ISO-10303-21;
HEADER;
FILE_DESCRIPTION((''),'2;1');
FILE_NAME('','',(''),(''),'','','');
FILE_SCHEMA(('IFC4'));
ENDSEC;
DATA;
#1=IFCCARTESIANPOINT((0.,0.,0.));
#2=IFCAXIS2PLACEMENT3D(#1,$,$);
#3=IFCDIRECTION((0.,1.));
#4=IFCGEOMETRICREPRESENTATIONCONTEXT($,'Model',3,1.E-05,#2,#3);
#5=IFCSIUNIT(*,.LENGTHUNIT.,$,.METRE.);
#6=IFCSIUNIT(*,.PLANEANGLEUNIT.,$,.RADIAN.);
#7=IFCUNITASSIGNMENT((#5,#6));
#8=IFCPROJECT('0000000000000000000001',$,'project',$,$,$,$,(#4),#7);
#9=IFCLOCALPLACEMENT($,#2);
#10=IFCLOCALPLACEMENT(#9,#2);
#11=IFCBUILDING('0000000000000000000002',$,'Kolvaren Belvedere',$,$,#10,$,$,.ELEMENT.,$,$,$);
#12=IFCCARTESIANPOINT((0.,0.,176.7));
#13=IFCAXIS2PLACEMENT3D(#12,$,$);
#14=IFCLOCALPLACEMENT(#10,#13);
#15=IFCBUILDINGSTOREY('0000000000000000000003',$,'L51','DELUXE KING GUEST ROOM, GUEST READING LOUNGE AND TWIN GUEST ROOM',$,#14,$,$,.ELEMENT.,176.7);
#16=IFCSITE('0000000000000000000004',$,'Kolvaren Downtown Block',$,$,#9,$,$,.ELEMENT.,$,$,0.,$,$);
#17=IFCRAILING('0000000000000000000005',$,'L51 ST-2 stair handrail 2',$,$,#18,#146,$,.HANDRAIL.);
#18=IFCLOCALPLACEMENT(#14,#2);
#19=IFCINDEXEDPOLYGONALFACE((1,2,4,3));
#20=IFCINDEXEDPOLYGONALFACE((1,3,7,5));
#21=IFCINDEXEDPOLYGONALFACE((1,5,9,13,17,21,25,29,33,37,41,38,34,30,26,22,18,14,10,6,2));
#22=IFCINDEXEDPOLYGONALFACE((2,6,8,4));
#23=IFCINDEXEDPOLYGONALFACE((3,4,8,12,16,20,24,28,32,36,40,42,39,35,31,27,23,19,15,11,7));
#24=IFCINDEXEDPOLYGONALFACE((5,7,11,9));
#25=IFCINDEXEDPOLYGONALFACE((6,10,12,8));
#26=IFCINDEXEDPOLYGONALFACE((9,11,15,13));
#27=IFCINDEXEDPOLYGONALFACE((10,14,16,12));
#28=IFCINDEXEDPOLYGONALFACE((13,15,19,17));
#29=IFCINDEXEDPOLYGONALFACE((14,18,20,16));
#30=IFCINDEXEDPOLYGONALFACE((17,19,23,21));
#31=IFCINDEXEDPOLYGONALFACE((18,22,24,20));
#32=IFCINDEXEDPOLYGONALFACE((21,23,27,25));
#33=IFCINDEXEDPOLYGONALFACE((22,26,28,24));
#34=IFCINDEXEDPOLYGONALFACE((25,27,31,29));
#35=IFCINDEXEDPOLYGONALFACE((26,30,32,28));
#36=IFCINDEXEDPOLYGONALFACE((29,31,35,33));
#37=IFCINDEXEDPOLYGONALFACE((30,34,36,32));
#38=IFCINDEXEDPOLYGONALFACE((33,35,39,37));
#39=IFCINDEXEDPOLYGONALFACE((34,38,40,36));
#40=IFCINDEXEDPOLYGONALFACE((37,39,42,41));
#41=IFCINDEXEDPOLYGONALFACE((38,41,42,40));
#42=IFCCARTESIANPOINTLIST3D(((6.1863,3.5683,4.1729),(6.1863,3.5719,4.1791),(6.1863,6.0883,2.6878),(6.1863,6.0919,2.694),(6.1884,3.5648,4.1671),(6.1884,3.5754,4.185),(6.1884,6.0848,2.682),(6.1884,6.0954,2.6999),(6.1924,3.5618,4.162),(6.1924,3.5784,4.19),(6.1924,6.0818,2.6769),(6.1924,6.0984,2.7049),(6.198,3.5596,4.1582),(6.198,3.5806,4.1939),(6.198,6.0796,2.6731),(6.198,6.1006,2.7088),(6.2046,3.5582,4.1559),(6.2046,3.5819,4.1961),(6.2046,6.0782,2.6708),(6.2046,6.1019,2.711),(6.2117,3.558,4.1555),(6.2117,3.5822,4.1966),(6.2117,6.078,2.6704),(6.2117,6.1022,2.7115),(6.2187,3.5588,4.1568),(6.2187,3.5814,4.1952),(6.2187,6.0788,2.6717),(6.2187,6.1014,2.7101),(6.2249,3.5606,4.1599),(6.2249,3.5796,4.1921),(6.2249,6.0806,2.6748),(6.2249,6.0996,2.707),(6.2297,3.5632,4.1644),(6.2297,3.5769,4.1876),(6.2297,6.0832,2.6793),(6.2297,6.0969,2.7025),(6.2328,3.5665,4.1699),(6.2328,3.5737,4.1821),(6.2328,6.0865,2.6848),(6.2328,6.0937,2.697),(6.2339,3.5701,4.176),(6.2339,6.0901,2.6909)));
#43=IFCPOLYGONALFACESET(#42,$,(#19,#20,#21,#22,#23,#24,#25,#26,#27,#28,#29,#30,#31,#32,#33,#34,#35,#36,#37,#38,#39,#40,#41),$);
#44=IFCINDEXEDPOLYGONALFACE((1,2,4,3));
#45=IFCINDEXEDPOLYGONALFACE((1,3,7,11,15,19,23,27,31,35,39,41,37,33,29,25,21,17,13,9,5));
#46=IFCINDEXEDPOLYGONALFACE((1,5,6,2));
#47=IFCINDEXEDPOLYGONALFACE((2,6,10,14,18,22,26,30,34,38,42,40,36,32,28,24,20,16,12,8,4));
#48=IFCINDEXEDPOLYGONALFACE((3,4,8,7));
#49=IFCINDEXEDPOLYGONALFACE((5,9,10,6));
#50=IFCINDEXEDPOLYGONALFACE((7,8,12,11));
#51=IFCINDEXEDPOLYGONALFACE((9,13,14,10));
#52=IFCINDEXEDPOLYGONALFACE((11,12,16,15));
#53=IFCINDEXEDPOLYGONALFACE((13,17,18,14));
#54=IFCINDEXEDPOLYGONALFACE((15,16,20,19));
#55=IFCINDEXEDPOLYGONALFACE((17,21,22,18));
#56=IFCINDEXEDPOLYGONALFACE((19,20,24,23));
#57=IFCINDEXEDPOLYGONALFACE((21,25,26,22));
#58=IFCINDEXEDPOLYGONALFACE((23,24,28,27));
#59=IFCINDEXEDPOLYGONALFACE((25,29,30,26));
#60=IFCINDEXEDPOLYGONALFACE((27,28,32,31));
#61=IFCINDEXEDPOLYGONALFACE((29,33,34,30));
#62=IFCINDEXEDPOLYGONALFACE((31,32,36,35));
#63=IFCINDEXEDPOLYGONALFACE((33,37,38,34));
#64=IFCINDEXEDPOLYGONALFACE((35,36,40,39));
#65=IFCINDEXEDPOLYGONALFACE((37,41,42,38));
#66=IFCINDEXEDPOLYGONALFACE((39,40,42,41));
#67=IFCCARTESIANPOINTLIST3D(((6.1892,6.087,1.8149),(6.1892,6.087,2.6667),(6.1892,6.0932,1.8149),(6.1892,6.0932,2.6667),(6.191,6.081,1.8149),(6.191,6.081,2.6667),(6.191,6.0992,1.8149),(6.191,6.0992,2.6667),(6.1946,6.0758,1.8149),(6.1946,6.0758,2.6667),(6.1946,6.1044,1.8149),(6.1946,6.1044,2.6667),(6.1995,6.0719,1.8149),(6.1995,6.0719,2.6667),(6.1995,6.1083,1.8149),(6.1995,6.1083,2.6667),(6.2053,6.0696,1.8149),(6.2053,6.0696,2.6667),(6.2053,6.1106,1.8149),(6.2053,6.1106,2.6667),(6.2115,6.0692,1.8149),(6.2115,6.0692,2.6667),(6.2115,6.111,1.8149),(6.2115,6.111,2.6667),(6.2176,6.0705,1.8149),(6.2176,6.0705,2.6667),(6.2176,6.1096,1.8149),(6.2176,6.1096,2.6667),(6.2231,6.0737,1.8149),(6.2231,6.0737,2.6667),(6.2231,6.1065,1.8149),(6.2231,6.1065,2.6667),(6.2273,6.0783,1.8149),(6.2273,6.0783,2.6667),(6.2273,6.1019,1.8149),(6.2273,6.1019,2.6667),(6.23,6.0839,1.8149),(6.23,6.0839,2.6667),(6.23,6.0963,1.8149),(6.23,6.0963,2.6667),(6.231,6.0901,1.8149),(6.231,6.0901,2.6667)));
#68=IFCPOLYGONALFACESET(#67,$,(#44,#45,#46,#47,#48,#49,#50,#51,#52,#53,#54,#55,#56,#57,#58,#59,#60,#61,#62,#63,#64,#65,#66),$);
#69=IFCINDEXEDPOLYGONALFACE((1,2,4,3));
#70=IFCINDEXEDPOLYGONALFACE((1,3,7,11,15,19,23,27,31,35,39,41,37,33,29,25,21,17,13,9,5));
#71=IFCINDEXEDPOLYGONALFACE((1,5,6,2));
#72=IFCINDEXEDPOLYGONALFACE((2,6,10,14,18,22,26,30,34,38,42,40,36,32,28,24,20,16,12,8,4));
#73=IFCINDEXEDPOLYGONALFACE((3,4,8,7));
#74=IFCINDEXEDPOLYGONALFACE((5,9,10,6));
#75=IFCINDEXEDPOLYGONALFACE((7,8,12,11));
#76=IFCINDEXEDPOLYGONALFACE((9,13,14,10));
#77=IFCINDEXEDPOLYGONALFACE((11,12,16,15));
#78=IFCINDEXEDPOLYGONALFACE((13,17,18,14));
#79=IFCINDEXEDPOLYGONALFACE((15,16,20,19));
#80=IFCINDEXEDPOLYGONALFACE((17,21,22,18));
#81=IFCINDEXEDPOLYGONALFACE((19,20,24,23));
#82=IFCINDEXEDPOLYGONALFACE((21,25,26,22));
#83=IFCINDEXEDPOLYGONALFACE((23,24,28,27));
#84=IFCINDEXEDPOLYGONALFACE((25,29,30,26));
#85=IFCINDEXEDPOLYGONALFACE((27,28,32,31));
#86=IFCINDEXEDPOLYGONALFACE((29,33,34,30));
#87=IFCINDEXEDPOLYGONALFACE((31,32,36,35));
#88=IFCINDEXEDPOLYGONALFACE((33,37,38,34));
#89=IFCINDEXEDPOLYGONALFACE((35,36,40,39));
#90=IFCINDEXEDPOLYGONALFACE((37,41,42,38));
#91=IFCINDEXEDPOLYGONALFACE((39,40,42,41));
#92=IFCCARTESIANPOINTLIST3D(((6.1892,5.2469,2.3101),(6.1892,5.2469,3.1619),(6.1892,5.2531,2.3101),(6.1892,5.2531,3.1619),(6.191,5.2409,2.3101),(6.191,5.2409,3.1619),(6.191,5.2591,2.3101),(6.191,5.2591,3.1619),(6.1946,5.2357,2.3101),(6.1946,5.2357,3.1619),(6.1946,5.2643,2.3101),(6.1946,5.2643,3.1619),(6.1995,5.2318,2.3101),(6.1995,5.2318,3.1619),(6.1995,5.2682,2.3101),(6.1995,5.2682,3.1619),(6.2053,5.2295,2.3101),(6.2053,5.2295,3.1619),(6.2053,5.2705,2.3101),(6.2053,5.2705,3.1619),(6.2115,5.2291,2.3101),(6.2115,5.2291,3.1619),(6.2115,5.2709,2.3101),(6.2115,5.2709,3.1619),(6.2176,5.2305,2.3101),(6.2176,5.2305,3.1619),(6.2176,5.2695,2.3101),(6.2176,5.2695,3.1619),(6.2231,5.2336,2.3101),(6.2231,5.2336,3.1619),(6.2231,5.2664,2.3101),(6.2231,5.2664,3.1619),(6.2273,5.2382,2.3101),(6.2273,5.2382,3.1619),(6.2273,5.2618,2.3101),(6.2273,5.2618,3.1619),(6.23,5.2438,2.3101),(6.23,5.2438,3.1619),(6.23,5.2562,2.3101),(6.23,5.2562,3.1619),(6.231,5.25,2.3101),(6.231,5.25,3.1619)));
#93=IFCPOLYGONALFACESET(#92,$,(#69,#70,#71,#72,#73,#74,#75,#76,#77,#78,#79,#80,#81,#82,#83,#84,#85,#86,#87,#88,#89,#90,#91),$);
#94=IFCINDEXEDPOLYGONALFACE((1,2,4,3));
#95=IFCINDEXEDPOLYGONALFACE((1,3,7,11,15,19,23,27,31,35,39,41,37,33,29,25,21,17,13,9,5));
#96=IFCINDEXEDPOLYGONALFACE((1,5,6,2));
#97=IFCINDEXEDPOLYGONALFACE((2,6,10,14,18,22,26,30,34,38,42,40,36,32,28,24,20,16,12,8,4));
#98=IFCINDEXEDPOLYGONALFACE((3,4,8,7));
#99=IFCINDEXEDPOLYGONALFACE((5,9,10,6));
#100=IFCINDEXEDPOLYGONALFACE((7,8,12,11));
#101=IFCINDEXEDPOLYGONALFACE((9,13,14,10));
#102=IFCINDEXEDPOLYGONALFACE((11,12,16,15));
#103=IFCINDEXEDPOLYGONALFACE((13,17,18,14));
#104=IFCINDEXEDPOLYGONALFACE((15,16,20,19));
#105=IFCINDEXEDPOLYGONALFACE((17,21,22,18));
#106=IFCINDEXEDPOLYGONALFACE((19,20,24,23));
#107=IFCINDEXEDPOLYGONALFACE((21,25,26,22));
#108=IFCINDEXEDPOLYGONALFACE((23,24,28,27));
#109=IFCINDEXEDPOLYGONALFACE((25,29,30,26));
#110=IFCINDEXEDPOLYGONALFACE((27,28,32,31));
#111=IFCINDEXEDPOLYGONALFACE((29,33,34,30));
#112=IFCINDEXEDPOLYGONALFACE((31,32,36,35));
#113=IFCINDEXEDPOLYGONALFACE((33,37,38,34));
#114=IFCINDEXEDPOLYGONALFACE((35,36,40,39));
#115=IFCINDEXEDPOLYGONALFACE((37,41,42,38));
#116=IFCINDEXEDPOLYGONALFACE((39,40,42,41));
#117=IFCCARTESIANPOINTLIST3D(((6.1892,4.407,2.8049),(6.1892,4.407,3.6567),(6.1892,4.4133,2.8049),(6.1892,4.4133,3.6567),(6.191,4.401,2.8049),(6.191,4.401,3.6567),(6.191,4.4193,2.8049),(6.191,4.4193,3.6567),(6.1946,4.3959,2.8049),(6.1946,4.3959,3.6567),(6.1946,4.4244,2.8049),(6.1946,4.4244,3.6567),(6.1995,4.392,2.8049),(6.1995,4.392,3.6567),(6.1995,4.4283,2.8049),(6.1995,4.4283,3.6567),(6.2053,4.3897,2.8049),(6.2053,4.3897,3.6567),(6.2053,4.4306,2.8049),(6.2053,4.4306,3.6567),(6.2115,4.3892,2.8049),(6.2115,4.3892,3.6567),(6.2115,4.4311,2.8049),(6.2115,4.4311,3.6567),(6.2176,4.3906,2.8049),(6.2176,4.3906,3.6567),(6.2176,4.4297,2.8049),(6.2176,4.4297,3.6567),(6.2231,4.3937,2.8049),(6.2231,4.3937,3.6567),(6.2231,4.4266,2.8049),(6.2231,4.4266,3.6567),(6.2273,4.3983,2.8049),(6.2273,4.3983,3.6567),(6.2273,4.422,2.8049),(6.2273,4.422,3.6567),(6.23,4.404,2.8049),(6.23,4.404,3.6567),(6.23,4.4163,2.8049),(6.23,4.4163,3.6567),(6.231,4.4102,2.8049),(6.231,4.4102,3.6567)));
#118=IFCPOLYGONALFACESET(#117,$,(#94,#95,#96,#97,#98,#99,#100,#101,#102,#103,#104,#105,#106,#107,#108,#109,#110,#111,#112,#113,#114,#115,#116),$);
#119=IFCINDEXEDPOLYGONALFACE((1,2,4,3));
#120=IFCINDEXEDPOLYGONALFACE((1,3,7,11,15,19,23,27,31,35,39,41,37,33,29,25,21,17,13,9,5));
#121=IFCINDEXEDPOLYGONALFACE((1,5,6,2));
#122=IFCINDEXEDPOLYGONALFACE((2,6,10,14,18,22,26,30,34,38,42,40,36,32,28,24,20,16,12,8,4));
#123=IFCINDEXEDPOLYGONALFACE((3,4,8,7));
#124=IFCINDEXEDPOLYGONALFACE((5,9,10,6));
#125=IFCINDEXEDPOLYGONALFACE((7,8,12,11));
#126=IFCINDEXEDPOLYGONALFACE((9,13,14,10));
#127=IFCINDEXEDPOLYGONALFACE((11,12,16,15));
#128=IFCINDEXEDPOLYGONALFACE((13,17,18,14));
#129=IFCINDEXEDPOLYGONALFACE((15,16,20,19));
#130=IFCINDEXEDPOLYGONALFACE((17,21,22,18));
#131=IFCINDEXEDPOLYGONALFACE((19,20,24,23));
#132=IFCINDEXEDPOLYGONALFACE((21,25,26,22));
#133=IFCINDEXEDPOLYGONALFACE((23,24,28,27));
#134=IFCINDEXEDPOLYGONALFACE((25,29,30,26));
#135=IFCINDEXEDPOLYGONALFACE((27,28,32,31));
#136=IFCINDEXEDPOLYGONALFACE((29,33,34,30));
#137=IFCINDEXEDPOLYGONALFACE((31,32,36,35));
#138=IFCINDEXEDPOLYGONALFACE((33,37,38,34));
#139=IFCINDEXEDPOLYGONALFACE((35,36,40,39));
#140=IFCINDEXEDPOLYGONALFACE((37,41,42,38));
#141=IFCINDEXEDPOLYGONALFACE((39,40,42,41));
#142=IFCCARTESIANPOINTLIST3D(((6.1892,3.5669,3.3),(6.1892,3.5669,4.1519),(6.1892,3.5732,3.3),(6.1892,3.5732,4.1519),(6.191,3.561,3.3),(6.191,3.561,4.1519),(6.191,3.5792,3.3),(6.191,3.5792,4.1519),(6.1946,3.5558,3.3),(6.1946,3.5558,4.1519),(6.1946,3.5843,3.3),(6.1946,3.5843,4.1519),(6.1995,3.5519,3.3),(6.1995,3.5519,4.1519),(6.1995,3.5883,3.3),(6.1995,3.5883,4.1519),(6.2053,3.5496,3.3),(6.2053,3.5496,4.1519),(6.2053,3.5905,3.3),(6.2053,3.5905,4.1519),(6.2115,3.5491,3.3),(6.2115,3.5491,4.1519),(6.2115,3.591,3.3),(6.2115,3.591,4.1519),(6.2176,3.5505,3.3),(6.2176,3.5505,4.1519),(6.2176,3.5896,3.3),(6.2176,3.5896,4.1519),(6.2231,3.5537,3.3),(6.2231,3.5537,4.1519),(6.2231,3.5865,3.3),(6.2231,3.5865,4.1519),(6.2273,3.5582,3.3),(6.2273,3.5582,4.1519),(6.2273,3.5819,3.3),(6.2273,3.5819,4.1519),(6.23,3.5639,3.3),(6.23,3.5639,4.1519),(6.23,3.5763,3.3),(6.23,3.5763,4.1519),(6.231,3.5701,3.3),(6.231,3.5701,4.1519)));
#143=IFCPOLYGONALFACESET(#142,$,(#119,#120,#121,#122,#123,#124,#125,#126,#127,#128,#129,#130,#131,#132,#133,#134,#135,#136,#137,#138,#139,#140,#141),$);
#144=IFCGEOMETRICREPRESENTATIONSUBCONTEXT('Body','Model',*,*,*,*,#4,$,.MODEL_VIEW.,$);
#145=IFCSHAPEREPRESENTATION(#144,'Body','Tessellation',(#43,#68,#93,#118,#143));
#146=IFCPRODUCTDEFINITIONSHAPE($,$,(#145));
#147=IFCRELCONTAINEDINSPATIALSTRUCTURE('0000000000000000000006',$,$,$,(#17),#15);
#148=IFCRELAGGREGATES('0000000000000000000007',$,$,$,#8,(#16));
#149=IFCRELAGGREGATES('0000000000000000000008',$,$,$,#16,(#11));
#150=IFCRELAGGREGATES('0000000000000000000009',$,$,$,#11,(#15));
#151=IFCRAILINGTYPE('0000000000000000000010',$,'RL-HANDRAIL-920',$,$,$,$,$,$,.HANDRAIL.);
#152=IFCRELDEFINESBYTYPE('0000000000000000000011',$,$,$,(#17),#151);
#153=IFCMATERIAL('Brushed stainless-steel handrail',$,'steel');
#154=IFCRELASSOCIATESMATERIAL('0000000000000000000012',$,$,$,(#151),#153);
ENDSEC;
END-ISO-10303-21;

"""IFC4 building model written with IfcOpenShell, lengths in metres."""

from ifc_helpers import new_model, si_unit, direction, frame, origin, origin_2d, place, context, subcontext, project, spatial, circle, extrude, material, type_object, element, save


model = new_model("IFC4")

# Units and contexts
model_context = context("Model", 3, precision=1e-05, world=origin(), true_north=direction((0.0, 1.0)))
body_context = subcontext(model_context, "Body", "Model", "MODEL_VIEW")
ifc_project = project(units=[si_unit("LENGTHUNIT", "METRE"), si_unit("PLANEANGLEUNIT", "RADIAN")], contexts=[model_context])

# Site, building, storey
site_placement = place(None, origin())
site = spatial("IfcSite", under=ifc_project, at=site_placement, Name="Kolvaren Downtown Block", CompositionType="ELEMENT", RefElevation=0.0)
building_placement = place(site_placement, origin())
building = spatial("IfcBuilding", under=site, at=building_placement, Name="Kolvaren Belvedere", CompositionType="ELEMENT")
storey_placement = place(building_placement, frame((0.0, 0.0, 176.7)))
storey = spatial("IfcBuildingStorey", under=building, at=storey_placement, Name="L51", Description="DELUXE KING GUEST ROOM, GUEST READING LOUNGE AND TWIN GUEST ROOM", CompositionType="ELEMENT", Elevation=176.7)

# Railing
ifc_material_1 = material(Name="Brushed stainless-steel handrail", Category="steel")
railing_type_1 = type_object("IfcRailingType", Name="RL-HANDRAIL-920", PredefinedType="HANDRAIL", material=ifc_material_1)
railing_1_placement = place(storey_placement, frame((6.21, 6.0901, 1.8149)))
element("IfcRailing", 1, at=railing_1_placement, inside=storey, type_object=railing_type_1, Name="L51 ST-2 stair handrail 2", PredefinedType="HANDRAIL", context=body_context, shape_type="SweptSolid", body=[
    extrude(circle(Radius=0.0239, at=origin_2d()), frame((0.0, 0.0, 0.876), z_axis=(0.0, -0.861524, 0.507717), x_axis=(1.0, 0.0, 0.0)), (0.0, 0.0, 1.0), 2.925),
    extrude(circle(Radius=0.021, at=origin_2d()), origin(), (0.0, 0.0, 1.0), 0.8518),
    extrude(circle(Radius=0.021, at=origin_2d()), frame((0.0, -0.8401, 0.4951)), (0.0, 0.0, 1.0), 0.8518),
    extrude(circle(Radius=0.021, at=origin_2d()), frame((0.0, -1.6799, 0.99)), (0.0, 0.0, 1.0), 0.8518),
    extrude(circle(Radius=0.021, at=origin_2d()), frame((0.0, -2.52, 1.4851)), (0.0, 0.0, 1.0), 0.8518),
])

save(model, "model.ifc")
